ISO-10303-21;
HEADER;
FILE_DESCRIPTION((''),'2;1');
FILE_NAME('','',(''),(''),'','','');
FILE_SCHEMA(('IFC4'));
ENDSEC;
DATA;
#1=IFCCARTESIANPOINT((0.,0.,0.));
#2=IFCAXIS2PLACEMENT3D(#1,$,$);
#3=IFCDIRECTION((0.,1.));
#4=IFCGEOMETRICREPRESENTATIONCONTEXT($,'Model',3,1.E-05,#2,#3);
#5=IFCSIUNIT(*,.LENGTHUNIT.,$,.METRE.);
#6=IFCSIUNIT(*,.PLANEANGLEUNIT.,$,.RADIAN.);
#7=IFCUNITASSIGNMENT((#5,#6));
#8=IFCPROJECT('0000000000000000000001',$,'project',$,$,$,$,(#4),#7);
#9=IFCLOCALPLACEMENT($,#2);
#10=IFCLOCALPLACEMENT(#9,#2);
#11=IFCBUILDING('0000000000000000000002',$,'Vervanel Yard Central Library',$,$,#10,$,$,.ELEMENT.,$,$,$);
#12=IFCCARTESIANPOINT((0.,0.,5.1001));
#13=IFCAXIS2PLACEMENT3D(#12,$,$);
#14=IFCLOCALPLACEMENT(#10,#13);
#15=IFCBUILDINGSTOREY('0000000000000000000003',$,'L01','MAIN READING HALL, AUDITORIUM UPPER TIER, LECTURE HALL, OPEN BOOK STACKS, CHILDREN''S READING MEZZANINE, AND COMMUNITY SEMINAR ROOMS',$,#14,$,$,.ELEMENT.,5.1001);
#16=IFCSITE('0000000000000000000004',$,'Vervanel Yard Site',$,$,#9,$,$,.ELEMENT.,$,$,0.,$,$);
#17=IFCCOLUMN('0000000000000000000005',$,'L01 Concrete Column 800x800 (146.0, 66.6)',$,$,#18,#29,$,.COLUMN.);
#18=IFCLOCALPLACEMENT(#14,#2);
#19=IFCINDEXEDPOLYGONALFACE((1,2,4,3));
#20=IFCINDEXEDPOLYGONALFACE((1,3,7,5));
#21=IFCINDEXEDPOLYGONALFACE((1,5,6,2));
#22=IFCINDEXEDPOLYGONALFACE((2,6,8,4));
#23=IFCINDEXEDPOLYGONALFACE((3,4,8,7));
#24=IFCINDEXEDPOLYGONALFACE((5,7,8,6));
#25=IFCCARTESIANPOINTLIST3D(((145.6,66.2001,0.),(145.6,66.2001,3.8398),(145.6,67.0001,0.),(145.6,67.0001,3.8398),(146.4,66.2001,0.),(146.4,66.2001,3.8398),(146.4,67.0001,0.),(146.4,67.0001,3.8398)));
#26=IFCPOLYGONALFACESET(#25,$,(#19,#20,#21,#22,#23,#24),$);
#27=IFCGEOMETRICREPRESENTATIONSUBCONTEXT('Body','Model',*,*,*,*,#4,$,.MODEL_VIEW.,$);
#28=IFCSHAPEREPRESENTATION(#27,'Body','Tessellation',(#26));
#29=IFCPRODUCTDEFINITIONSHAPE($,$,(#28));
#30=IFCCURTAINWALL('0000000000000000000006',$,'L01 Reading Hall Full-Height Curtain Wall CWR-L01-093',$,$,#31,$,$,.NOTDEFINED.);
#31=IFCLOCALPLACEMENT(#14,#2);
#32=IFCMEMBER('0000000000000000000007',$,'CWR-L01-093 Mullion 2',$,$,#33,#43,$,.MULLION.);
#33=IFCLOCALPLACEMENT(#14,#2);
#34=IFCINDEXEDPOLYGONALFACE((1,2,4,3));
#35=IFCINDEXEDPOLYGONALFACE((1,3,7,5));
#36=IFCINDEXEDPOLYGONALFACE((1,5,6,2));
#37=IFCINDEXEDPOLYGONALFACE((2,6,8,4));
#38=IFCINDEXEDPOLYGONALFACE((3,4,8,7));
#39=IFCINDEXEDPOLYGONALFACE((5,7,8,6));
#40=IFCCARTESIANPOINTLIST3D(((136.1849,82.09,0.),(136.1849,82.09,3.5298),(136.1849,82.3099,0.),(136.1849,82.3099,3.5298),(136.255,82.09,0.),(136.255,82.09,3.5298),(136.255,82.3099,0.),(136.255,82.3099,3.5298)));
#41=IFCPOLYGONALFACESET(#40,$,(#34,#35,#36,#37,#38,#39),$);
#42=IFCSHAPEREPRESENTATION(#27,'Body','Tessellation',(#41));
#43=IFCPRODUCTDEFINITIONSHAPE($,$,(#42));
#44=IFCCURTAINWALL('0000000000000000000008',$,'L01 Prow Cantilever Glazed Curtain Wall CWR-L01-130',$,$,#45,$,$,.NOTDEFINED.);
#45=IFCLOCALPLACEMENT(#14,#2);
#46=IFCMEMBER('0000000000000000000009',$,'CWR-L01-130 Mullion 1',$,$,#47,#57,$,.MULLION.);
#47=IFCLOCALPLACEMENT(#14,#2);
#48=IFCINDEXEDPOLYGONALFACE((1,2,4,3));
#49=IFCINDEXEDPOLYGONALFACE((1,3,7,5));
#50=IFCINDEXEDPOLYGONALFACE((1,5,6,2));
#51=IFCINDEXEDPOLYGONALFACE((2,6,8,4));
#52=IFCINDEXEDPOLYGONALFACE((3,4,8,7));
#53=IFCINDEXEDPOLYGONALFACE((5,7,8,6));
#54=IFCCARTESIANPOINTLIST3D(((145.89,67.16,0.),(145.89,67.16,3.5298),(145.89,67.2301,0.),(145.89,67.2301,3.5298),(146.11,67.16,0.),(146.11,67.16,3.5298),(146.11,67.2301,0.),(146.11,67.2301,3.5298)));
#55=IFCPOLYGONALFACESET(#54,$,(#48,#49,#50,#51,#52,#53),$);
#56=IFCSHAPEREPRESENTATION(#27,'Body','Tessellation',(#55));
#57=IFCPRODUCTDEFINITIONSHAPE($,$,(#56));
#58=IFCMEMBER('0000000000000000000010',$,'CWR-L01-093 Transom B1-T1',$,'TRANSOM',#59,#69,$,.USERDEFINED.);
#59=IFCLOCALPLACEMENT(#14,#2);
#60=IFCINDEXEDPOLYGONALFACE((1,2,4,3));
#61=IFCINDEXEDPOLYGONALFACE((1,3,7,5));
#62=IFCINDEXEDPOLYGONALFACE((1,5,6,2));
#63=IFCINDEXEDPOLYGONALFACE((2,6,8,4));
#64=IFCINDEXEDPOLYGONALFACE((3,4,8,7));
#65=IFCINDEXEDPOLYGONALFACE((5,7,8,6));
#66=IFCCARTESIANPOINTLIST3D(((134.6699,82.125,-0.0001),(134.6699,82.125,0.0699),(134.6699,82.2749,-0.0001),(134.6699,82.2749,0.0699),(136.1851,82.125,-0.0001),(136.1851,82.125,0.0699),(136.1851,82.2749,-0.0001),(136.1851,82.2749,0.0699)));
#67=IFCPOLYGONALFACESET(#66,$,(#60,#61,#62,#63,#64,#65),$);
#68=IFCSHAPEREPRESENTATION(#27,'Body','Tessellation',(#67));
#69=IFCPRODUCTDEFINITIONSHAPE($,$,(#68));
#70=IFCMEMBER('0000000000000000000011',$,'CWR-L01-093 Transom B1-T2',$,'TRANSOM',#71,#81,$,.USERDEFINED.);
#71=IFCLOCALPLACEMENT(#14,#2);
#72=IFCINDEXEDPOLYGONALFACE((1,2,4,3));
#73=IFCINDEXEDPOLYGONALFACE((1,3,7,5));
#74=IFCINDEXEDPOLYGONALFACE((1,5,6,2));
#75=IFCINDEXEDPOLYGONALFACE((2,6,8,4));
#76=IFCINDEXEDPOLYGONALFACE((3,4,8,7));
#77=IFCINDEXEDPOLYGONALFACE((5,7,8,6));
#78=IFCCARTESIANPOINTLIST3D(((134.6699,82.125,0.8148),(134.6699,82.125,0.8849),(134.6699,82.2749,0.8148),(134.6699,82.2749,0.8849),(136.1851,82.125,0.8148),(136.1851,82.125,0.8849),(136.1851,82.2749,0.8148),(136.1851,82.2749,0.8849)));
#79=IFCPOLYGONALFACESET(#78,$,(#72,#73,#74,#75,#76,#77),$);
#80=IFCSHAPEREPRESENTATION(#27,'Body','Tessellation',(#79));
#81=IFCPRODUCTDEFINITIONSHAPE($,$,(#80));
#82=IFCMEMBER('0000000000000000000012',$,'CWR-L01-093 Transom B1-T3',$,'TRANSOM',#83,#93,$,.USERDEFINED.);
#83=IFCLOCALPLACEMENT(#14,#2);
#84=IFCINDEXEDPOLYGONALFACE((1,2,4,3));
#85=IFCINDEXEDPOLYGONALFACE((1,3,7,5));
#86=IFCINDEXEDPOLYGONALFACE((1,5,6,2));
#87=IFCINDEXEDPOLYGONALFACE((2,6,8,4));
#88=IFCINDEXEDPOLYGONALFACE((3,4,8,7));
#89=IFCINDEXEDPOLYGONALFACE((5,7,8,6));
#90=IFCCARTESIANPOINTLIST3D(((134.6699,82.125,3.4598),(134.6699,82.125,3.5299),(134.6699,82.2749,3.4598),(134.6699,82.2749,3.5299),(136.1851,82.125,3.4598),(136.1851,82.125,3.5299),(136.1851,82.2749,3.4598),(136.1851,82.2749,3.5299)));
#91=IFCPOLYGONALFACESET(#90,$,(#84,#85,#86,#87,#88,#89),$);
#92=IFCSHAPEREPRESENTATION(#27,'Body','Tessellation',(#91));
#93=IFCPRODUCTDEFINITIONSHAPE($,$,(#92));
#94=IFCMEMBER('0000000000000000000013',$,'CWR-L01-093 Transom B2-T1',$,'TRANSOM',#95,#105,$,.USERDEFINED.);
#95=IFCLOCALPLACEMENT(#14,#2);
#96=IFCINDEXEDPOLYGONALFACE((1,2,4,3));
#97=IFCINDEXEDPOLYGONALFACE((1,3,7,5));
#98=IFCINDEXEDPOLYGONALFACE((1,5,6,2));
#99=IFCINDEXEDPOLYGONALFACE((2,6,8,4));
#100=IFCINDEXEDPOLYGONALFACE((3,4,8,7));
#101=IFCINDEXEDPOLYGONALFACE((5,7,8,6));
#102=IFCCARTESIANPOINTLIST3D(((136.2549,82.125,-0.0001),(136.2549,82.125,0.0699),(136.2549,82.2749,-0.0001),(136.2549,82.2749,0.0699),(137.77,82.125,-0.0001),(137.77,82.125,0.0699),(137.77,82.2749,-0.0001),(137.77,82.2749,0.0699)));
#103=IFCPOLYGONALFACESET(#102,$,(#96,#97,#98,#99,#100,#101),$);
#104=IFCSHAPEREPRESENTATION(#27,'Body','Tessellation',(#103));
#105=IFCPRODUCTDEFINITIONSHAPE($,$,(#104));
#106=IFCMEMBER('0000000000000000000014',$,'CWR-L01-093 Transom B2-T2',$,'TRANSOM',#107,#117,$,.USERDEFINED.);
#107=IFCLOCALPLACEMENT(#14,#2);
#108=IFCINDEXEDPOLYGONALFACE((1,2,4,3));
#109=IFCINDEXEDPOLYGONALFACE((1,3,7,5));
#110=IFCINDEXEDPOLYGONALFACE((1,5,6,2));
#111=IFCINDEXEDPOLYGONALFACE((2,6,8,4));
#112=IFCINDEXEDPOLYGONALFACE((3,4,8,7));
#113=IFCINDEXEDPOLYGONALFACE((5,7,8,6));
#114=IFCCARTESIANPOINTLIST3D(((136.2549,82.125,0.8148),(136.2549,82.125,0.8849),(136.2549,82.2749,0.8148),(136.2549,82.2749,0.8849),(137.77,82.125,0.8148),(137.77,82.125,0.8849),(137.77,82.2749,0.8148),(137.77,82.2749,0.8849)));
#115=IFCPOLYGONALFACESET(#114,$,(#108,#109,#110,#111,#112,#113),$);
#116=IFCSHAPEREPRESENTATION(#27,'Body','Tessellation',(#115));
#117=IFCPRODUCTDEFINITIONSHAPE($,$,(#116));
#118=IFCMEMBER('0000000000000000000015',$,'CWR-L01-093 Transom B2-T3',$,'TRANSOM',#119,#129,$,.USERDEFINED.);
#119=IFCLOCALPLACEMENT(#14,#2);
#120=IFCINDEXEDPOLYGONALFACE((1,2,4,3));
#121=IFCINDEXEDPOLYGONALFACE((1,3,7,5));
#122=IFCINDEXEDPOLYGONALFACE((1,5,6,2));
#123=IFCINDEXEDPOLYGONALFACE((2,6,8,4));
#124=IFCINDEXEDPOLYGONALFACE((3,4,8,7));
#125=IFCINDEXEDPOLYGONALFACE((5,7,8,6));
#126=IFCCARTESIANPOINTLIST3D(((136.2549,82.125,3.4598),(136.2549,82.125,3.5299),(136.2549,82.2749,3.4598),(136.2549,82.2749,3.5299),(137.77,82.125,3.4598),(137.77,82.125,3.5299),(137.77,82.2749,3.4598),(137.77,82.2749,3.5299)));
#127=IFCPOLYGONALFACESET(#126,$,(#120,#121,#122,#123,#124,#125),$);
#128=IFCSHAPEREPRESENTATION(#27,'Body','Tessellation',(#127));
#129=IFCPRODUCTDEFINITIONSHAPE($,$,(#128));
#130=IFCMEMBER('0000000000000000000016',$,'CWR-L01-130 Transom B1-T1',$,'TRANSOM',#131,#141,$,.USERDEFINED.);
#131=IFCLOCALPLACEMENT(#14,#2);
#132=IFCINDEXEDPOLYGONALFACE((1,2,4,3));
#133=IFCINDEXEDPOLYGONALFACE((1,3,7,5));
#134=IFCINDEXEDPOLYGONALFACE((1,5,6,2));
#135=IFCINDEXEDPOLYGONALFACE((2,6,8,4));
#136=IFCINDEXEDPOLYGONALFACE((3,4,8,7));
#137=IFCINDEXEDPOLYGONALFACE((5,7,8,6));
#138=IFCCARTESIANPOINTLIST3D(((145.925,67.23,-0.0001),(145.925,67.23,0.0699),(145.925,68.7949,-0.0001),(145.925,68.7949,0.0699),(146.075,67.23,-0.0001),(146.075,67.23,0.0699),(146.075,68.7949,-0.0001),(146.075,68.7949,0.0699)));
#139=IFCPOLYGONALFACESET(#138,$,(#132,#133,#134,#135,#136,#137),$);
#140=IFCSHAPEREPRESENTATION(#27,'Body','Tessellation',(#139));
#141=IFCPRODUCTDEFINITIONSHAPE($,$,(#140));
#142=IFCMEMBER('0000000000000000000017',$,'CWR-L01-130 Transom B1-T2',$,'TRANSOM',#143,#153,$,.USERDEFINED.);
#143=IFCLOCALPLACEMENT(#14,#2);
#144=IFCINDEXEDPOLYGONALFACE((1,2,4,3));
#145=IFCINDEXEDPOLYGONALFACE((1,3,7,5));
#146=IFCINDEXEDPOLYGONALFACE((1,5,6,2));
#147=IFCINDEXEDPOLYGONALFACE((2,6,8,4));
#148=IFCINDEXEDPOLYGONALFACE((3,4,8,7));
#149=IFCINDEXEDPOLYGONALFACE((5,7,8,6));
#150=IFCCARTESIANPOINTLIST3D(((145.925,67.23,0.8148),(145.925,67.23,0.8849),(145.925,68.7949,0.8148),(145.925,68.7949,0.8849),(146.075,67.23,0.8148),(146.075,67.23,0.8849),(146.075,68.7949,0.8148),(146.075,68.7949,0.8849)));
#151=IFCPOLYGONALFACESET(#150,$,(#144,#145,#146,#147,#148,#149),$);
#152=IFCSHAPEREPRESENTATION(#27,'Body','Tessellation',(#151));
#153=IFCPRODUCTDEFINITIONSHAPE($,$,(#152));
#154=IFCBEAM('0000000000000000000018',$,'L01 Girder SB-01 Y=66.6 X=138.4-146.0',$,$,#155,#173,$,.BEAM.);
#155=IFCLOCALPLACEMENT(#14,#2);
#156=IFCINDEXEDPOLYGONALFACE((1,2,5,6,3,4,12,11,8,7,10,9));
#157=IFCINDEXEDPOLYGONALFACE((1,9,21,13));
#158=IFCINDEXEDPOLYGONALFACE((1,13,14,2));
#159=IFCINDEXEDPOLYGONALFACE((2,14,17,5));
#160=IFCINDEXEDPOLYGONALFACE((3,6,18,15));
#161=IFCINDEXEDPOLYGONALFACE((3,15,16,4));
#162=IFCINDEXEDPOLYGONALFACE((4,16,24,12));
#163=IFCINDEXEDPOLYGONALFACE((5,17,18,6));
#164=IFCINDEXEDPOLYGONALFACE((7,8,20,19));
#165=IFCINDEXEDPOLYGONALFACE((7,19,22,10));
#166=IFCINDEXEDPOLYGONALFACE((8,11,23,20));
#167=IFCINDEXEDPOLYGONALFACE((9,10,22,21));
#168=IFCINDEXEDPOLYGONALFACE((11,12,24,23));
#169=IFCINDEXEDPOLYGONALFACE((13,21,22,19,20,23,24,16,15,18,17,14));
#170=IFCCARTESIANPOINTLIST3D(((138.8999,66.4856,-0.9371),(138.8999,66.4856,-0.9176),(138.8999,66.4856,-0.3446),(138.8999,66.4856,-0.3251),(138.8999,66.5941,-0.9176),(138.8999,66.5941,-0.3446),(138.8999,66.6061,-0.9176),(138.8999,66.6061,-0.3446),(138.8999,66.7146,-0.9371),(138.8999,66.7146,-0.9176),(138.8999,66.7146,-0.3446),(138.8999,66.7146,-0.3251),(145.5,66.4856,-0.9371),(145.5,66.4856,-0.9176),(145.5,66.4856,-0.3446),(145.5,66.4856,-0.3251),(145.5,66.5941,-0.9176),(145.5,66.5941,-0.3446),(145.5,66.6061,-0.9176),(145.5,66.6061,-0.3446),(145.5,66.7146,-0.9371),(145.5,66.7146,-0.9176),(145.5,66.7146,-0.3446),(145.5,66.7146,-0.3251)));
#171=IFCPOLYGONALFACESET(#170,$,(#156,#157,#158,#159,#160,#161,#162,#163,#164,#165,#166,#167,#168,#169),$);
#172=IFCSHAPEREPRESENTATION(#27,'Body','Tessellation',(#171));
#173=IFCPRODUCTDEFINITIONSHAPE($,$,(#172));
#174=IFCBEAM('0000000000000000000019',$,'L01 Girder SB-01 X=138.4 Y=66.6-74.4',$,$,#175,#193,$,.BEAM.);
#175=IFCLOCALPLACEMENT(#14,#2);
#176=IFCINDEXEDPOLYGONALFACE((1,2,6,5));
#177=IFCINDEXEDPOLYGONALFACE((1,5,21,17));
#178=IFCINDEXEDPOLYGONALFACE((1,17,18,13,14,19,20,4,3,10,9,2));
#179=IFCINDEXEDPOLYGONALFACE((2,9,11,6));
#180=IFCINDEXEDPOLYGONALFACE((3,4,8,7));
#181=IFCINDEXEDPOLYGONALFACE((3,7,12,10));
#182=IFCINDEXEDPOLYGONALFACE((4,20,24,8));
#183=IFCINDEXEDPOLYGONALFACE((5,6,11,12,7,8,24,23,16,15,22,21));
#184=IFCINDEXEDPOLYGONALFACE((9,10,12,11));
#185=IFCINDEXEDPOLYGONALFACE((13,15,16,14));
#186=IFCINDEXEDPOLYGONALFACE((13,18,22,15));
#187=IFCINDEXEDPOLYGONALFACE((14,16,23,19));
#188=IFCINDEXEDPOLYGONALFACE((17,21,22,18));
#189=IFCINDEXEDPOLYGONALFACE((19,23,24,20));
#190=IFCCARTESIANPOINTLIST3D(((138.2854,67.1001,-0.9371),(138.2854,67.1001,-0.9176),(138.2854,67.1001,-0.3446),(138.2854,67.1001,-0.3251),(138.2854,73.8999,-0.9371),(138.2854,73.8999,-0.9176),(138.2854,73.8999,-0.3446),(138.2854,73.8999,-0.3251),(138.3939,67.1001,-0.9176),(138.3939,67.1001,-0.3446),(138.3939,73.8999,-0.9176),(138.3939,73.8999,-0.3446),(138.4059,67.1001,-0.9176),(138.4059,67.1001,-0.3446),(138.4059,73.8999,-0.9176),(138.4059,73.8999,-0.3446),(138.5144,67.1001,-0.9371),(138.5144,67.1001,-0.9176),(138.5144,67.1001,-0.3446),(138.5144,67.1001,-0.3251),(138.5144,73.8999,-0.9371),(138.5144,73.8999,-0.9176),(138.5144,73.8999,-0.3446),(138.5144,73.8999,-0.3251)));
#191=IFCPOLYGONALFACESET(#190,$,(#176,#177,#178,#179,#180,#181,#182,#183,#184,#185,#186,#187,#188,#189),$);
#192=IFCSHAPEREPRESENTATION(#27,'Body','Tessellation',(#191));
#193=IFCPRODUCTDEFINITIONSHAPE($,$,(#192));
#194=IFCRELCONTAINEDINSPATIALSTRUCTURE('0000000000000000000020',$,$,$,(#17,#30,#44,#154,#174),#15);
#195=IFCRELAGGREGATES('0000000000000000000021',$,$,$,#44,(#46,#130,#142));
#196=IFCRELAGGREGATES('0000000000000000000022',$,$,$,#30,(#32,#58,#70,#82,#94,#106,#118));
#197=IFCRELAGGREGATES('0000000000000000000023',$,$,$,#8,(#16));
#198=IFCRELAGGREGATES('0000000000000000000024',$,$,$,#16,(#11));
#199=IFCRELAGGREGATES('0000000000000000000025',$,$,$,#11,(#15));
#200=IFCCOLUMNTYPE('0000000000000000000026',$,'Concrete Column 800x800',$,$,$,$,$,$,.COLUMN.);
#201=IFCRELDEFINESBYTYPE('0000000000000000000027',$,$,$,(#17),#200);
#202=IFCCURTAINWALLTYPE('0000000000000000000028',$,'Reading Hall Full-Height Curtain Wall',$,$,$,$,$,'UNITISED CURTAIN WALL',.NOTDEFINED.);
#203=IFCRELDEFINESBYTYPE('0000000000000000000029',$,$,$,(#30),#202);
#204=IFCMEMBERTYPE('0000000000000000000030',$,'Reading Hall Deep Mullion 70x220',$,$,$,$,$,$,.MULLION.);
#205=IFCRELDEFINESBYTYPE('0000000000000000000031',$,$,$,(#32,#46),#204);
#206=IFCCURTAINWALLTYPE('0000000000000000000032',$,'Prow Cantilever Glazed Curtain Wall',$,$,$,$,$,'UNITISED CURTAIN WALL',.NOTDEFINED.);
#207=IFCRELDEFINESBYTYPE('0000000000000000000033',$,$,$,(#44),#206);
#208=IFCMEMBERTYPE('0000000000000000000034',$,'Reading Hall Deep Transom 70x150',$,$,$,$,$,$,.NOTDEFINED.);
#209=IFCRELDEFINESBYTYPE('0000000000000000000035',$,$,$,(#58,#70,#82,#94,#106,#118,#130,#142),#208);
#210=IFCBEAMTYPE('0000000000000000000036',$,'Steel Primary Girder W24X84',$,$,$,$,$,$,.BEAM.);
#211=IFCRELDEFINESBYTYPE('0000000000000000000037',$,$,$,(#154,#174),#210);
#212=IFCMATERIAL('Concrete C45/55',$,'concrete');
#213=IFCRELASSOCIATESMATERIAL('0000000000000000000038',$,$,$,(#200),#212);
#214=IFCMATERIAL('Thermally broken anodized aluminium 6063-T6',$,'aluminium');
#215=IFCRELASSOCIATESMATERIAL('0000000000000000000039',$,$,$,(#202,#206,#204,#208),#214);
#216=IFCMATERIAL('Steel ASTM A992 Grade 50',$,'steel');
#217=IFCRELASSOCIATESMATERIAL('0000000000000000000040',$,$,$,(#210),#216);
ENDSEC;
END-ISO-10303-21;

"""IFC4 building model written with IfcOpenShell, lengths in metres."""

from ifc_helpers import new_model, si_unit, direction, frame, origin, origin_2d, place, context, subcontext, project, spatial, rectangle, i_section, extrude, material, material_profile, profile_set, type_object, element, aggregate, save


model = new_model("IFC4")

# Units and contexts
model_context = context("Model", 3, precision=1e-05, world=origin(), true_north=direction((0.0, 1.0)))
body_context = subcontext(model_context, "Body", "Model", "MODEL_VIEW")
ifc_project = project(units=[si_unit("LENGTHUNIT", "METRE"), si_unit("PLANEANGLEUNIT", "RADIAN")], contexts=[model_context])

# Site, building, storey
site_placement = place(None, origin())
site = spatial("IfcSite", under=ifc_project, at=site_placement, Name="Vervanel Yard Site", CompositionType="ELEMENT", RefElevation=0.0)
building_placement = place(site_placement, origin())
building = spatial("IfcBuilding", under=site, at=building_placement, Name="Vervanel Yard Central Library", CompositionType="ELEMENT")
storey_placement = place(building_placement, frame((0.0, 0.0, 5.1001)))
storey = spatial("IfcBuildingStorey", under=building, at=storey_placement, Name="L01", Description="MAIN READING HALL, AUDITORIUM UPPER TIER, LECTURE HALL, OPEN BOOK STACKS, CHILDREN'S READING MEZZANINE, AND COMMUNITY SEMINAR ROOMS", CompositionType="ELEMENT", Elevation=5.1001)

# Column
ifc_material_1 = material(Name="Concrete C45/55", Category="concrete")
ifc_material_profile_1 = material_profile(ifc_material_1, rectangle(XDim=0.8, YDim=0.8, at=origin_2d()), Name="RC 800x800", Category="concrete")
ifc_profile_set_1 = profile_set([ifc_material_profile_1], Name="Concrete C45/55")
column_type = type_object("IfcColumnType", Name="Concrete Column 800x800", PredefinedType="COLUMN", material=ifc_profile_set_1)
column_placement = place(storey_placement, frame((146.0, 66.6001, 0.0), z_axis=(0.0, 0.0, 1.0), x_axis=(1.0, 0.0, 0.0)))
element("IfcColumn", 1, at=column_placement, inside=storey, type_object=column_type, Name="L01 Concrete Column 800x800 (146.0, 66.6)", PredefinedType="COLUMN", context=body_context, shape_type="SweptSolid", body=[
    extrude(rectangle(XDim=0.8, YDim=0.8, at=origin_2d()), origin(), (0.0, 0.0, 1.0), 3.8398),
])

# Curtain walls, members
ifc_material_2 = material(Name="Thermally broken anodized aluminium 6063-T6", Category="aluminium")
curtain_wall_type_1 = type_object("IfcCurtainWallType", Name="Reading Hall Full-Height Curtain Wall", ElementType="UNITISED CURTAIN WALL", PredefinedType="NOTDEFINED", material=ifc_material_2)
curtain_wall_1_placement = place(storey_placement, origin())
curtain_wall_1 = element("IfcCurtainWall", 2, at=curtain_wall_1_placement, inside=storey, type_object=curtain_wall_type_1, Name="L01 Reading Hall Full-Height Curtain Wall CWR-L01-093", PredefinedType="NOTDEFINED")
ifc_material_profile_2 = material_profile(ifc_material_2, rectangle(XDim=0.0701, YDim=0.22, at=origin_2d()), Name="ALU 70x220", Category="aluminium")
ifc_profile_set_2 = profile_set([ifc_material_profile_2], Name="Thermally broken anodized aluminium 6063-T6")
member_type_1 = type_object("IfcMemberType", Name="Reading Hall Deep Mullion 70x220", PredefinedType="MULLION", material=ifc_profile_set_2)
member_1_placement = place(storey_placement, frame((136.22, 82.2, 0.0), z_axis=(0.0, 0.0, 1.0), x_axis=(1.0, 0.0, 0.0)))
member_1 = element("IfcMember", 3, at=member_1_placement, type_object=member_type_1, Name="CWR-L01-093 Mullion 2", PredefinedType="MULLION", context=body_context, shape_type="SweptSolid", body=[
    extrude(rectangle(XDim=0.0701, YDim=0.22, at=origin_2d()), origin(), (0.0, 0.0, 1.0), 3.5298),
])
curtain_wall_type_2 = type_object("IfcCurtainWallType", Name="Prow Cantilever Glazed Curtain Wall", ElementType="UNITISED CURTAIN WALL", PredefinedType="NOTDEFINED", material=ifc_material_2)
curtain_wall_2_placement = place(storey_placement, origin())
curtain_wall_2 = element("IfcCurtainWall", 4, at=curtain_wall_2_placement, inside=storey, type_object=curtain_wall_type_2, Name="L01 Prow Cantilever Glazed Curtain Wall CWR-L01-130", PredefinedType="NOTDEFINED")
member_2_placement = place(storey_placement, frame((146.0, 67.1951, 0.0), z_axis=(0.0, 0.0, 1.0), x_axis=(0.0, 1.0, 0.0)))
member_2 = element("IfcMember", 5, at=member_2_placement, type_object=member_type_1, Name="CWR-L01-130 Mullion 1", PredefinedType="MULLION", context=body_context, shape_type="SweptSolid", body=[
    extrude(rectangle(XDim=0.0701, YDim=0.22, at=origin_2d()), origin(), (0.0, 0.0, 1.0), 3.5298),
])

# Members
ifc_material_profile_3 = material_profile(ifc_material_2, rectangle(XDim=0.0701, YDim=0.1499, at=origin_2d()), Name="ALU 70x150", Category="aluminium")
ifc_profile_set_3 = profile_set([ifc_material_profile_3], Name="Thermally broken anodized aluminium 6063-T6")
member_type_2 = type_object("IfcMemberType", Name="Reading Hall Deep Transom 70x150", PredefinedType="NOTDEFINED", material=ifc_profile_set_3)
member_3_placement = place(storey_placement, frame((134.6699, 82.2, 0.0349), z_axis=(1.0, 0.0, 0.0), x_axis=(0.0, 0.0, 1.0)))
member_3 = element("IfcMember", 6, at=member_3_placement, type_object=member_type_2, Name="CWR-L01-093 Transom B1-T1", ObjectType="TRANSOM", PredefinedType="USERDEFINED", context=body_context, shape_type="SweptSolid", body=[
    extrude(rectangle(XDim=0.0701, YDim=0.1499, at=origin_2d()), origin(), (0.0, 0.0, 1.0), 1.5151),
])
member_4_placement = place(storey_placement, frame((134.6699, 82.2, 0.8499), z_axis=(1.0, 0.0, 0.0), x_axis=(0.0, 0.0, 1.0)))
member_4 = element("IfcMember", 7, at=member_4_placement, type_object=member_type_2, Name="CWR-L01-093 Transom B1-T2", ObjectType="TRANSOM", PredefinedType="USERDEFINED", context=body_context, shape_type="SweptSolid", body=[
    extrude(rectangle(XDim=0.0701, YDim=0.1499, at=origin_2d()), origin(), (0.0, 0.0, 1.0), 1.5151),
])
member_5_placement = place(storey_placement, frame((134.6699, 82.2, 3.4949), z_axis=(1.0, 0.0, 0.0), x_axis=(0.0, 0.0, 1.0)))
member_5 = element("IfcMember", 8, at=member_5_placement, type_object=member_type_2, Name="CWR-L01-093 Transom B1-T3", ObjectType="TRANSOM", PredefinedType="USERDEFINED", context=body_context, shape_type="SweptSolid", body=[
    extrude(rectangle(XDim=0.0701, YDim=0.1499, at=origin_2d()), origin(), (0.0, 0.0, 1.0), 1.5151),
])
member_6_placement = place(storey_placement, frame((136.2549, 82.2, 0.0349), z_axis=(1.0, 0.0, 0.0), x_axis=(0.0, 0.0, 1.0)))
member_6 = element("IfcMember", 9, at=member_6_placement, type_object=member_type_2, Name="CWR-L01-093 Transom B2-T1", ObjectType="TRANSOM", PredefinedType="USERDEFINED", context=body_context, shape_type="SweptSolid", body=[
    extrude(rectangle(XDim=0.0701, YDim=0.1499, at=origin_2d()), origin(), (0.0, 0.0, 1.0), 1.5151),
])
member_7_placement = place(storey_placement, frame((136.2549, 82.2, 0.8499), z_axis=(1.0, 0.0, 0.0), x_axis=(0.0, 0.0, 1.0)))
member_7 = element("IfcMember", 10, at=member_7_placement, type_object=member_type_2, Name="CWR-L01-093 Transom B2-T2", ObjectType="TRANSOM", PredefinedType="USERDEFINED", context=body_context, shape_type="SweptSolid", body=[
    extrude(rectangle(XDim=0.0701, YDim=0.1499, at=origin_2d()), origin(), (0.0, 0.0, 1.0), 1.5151),
])
member_8_placement = place(storey_placement, frame((136.2549, 82.2, 3.4949), z_axis=(1.0, 0.0, 0.0), x_axis=(0.0, 0.0, 1.0)))
member_8 = element("IfcMember", 11, at=member_8_placement, type_object=member_type_2, Name="CWR-L01-093 Transom B2-T3", ObjectType="TRANSOM", PredefinedType="USERDEFINED", context=body_context, shape_type="SweptSolid", body=[
    extrude(rectangle(XDim=0.0701, YDim=0.1499, at=origin_2d()), origin(), (0.0, 0.0, 1.0), 1.5151),
])
member_9_placement = place(storey_placement, frame((146.0, 67.23, 0.0349), z_axis=(0.0, 1.0, 0.0), x_axis=(0.0, 0.0, 1.0)))
member_9 = element("IfcMember", 12, at=member_9_placement, type_object=member_type_2, Name="CWR-L01-130 Transom B1-T1", ObjectType="TRANSOM", PredefinedType="USERDEFINED", context=body_context, shape_type="SweptSolid", body=[
    extrude(rectangle(XDim=0.0701, YDim=0.1499, at=origin_2d()), origin(), (0.0, 0.0, 1.0), 1.5649),
])
member_10_placement = place(storey_placement, frame((146.0, 67.23, 0.8499), z_axis=(0.0, 1.0, 0.0), x_axis=(0.0, 0.0, 1.0)))
member_10 = element("IfcMember", 13, at=member_10_placement, type_object=member_type_2, Name="CWR-L01-130 Transom B1-T2", ObjectType="TRANSOM", PredefinedType="USERDEFINED", context=body_context, shape_type="SweptSolid", body=[
    extrude(rectangle(XDim=0.0701, YDim=0.1499, at=origin_2d()), origin(), (0.0, 0.0, 1.0), 1.5649),
])
aggregate(curtain_wall_2, [member_2, member_9, member_10])

# Beams
ifc_material_3 = material(Name="Steel ASTM A992 Grade 50", Category="steel")
ifc_material_profile_4 = material_profile(ifc_material_3, i_section(OverallWidth=0.229, OverallDepth=0.6121, WebThickness=0.012, FlangeThickness=0.0195, at=origin_2d()), Name="W24X84", Category="steel")
ifc_profile_set_4 = profile_set([ifc_material_profile_4], Name="Steel ASTM A992 Grade 50")
beam_type_1 = type_object("IfcBeamType", Name="Steel Primary Girder W24X84", PredefinedType="BEAM", material=ifc_profile_set_4)
beam_1_placement = place(storey_placement, frame((138.8999, 66.6001, -0.6311), z_axis=(1.0, 0.0, 0.0), x_axis=(0.0, 1.0, 0.0)))
element("IfcBeam", 14, at=beam_1_placement, inside=storey, type_object=beam_type_1, Name="L01 Girder SB-01 Y=66.6 X=138.4-146.0", PredefinedType="BEAM", context=body_context, shape_type="SweptSolid", body=[
    extrude(i_section(OverallWidth=0.229, OverallDepth=0.6121, WebThickness=0.012, FlangeThickness=0.0195, at=origin_2d()), origin(), (0.0, 0.0, 1.0), 6.6001),
])
beam_2_placement = place(storey_placement, frame((138.3999, 67.1001, -0.6311), z_axis=(0.0, 1.0, 0.0), x_axis=(-1.0, 0.0, 0.0)))
element("IfcBeam", 15, at=beam_2_placement, inside=storey, type_object=beam_type_1, Name="L01 Girder SB-01 X=138.4 Y=66.6-74.4", PredefinedType="BEAM", context=body_context, shape_type="SweptSolid", body=[
    extrude(i_section(OverallWidth=0.229, OverallDepth=0.6121, WebThickness=0.012, FlangeThickness=0.0195, at=origin_2d()), origin(), (0.0, 0.0, 1.0), 6.7998),
])

aggregate(curtain_wall_1, [member_1, member_3, member_4, member_5, member_6, member_7, member_8])

save(model, "model.ifc")
